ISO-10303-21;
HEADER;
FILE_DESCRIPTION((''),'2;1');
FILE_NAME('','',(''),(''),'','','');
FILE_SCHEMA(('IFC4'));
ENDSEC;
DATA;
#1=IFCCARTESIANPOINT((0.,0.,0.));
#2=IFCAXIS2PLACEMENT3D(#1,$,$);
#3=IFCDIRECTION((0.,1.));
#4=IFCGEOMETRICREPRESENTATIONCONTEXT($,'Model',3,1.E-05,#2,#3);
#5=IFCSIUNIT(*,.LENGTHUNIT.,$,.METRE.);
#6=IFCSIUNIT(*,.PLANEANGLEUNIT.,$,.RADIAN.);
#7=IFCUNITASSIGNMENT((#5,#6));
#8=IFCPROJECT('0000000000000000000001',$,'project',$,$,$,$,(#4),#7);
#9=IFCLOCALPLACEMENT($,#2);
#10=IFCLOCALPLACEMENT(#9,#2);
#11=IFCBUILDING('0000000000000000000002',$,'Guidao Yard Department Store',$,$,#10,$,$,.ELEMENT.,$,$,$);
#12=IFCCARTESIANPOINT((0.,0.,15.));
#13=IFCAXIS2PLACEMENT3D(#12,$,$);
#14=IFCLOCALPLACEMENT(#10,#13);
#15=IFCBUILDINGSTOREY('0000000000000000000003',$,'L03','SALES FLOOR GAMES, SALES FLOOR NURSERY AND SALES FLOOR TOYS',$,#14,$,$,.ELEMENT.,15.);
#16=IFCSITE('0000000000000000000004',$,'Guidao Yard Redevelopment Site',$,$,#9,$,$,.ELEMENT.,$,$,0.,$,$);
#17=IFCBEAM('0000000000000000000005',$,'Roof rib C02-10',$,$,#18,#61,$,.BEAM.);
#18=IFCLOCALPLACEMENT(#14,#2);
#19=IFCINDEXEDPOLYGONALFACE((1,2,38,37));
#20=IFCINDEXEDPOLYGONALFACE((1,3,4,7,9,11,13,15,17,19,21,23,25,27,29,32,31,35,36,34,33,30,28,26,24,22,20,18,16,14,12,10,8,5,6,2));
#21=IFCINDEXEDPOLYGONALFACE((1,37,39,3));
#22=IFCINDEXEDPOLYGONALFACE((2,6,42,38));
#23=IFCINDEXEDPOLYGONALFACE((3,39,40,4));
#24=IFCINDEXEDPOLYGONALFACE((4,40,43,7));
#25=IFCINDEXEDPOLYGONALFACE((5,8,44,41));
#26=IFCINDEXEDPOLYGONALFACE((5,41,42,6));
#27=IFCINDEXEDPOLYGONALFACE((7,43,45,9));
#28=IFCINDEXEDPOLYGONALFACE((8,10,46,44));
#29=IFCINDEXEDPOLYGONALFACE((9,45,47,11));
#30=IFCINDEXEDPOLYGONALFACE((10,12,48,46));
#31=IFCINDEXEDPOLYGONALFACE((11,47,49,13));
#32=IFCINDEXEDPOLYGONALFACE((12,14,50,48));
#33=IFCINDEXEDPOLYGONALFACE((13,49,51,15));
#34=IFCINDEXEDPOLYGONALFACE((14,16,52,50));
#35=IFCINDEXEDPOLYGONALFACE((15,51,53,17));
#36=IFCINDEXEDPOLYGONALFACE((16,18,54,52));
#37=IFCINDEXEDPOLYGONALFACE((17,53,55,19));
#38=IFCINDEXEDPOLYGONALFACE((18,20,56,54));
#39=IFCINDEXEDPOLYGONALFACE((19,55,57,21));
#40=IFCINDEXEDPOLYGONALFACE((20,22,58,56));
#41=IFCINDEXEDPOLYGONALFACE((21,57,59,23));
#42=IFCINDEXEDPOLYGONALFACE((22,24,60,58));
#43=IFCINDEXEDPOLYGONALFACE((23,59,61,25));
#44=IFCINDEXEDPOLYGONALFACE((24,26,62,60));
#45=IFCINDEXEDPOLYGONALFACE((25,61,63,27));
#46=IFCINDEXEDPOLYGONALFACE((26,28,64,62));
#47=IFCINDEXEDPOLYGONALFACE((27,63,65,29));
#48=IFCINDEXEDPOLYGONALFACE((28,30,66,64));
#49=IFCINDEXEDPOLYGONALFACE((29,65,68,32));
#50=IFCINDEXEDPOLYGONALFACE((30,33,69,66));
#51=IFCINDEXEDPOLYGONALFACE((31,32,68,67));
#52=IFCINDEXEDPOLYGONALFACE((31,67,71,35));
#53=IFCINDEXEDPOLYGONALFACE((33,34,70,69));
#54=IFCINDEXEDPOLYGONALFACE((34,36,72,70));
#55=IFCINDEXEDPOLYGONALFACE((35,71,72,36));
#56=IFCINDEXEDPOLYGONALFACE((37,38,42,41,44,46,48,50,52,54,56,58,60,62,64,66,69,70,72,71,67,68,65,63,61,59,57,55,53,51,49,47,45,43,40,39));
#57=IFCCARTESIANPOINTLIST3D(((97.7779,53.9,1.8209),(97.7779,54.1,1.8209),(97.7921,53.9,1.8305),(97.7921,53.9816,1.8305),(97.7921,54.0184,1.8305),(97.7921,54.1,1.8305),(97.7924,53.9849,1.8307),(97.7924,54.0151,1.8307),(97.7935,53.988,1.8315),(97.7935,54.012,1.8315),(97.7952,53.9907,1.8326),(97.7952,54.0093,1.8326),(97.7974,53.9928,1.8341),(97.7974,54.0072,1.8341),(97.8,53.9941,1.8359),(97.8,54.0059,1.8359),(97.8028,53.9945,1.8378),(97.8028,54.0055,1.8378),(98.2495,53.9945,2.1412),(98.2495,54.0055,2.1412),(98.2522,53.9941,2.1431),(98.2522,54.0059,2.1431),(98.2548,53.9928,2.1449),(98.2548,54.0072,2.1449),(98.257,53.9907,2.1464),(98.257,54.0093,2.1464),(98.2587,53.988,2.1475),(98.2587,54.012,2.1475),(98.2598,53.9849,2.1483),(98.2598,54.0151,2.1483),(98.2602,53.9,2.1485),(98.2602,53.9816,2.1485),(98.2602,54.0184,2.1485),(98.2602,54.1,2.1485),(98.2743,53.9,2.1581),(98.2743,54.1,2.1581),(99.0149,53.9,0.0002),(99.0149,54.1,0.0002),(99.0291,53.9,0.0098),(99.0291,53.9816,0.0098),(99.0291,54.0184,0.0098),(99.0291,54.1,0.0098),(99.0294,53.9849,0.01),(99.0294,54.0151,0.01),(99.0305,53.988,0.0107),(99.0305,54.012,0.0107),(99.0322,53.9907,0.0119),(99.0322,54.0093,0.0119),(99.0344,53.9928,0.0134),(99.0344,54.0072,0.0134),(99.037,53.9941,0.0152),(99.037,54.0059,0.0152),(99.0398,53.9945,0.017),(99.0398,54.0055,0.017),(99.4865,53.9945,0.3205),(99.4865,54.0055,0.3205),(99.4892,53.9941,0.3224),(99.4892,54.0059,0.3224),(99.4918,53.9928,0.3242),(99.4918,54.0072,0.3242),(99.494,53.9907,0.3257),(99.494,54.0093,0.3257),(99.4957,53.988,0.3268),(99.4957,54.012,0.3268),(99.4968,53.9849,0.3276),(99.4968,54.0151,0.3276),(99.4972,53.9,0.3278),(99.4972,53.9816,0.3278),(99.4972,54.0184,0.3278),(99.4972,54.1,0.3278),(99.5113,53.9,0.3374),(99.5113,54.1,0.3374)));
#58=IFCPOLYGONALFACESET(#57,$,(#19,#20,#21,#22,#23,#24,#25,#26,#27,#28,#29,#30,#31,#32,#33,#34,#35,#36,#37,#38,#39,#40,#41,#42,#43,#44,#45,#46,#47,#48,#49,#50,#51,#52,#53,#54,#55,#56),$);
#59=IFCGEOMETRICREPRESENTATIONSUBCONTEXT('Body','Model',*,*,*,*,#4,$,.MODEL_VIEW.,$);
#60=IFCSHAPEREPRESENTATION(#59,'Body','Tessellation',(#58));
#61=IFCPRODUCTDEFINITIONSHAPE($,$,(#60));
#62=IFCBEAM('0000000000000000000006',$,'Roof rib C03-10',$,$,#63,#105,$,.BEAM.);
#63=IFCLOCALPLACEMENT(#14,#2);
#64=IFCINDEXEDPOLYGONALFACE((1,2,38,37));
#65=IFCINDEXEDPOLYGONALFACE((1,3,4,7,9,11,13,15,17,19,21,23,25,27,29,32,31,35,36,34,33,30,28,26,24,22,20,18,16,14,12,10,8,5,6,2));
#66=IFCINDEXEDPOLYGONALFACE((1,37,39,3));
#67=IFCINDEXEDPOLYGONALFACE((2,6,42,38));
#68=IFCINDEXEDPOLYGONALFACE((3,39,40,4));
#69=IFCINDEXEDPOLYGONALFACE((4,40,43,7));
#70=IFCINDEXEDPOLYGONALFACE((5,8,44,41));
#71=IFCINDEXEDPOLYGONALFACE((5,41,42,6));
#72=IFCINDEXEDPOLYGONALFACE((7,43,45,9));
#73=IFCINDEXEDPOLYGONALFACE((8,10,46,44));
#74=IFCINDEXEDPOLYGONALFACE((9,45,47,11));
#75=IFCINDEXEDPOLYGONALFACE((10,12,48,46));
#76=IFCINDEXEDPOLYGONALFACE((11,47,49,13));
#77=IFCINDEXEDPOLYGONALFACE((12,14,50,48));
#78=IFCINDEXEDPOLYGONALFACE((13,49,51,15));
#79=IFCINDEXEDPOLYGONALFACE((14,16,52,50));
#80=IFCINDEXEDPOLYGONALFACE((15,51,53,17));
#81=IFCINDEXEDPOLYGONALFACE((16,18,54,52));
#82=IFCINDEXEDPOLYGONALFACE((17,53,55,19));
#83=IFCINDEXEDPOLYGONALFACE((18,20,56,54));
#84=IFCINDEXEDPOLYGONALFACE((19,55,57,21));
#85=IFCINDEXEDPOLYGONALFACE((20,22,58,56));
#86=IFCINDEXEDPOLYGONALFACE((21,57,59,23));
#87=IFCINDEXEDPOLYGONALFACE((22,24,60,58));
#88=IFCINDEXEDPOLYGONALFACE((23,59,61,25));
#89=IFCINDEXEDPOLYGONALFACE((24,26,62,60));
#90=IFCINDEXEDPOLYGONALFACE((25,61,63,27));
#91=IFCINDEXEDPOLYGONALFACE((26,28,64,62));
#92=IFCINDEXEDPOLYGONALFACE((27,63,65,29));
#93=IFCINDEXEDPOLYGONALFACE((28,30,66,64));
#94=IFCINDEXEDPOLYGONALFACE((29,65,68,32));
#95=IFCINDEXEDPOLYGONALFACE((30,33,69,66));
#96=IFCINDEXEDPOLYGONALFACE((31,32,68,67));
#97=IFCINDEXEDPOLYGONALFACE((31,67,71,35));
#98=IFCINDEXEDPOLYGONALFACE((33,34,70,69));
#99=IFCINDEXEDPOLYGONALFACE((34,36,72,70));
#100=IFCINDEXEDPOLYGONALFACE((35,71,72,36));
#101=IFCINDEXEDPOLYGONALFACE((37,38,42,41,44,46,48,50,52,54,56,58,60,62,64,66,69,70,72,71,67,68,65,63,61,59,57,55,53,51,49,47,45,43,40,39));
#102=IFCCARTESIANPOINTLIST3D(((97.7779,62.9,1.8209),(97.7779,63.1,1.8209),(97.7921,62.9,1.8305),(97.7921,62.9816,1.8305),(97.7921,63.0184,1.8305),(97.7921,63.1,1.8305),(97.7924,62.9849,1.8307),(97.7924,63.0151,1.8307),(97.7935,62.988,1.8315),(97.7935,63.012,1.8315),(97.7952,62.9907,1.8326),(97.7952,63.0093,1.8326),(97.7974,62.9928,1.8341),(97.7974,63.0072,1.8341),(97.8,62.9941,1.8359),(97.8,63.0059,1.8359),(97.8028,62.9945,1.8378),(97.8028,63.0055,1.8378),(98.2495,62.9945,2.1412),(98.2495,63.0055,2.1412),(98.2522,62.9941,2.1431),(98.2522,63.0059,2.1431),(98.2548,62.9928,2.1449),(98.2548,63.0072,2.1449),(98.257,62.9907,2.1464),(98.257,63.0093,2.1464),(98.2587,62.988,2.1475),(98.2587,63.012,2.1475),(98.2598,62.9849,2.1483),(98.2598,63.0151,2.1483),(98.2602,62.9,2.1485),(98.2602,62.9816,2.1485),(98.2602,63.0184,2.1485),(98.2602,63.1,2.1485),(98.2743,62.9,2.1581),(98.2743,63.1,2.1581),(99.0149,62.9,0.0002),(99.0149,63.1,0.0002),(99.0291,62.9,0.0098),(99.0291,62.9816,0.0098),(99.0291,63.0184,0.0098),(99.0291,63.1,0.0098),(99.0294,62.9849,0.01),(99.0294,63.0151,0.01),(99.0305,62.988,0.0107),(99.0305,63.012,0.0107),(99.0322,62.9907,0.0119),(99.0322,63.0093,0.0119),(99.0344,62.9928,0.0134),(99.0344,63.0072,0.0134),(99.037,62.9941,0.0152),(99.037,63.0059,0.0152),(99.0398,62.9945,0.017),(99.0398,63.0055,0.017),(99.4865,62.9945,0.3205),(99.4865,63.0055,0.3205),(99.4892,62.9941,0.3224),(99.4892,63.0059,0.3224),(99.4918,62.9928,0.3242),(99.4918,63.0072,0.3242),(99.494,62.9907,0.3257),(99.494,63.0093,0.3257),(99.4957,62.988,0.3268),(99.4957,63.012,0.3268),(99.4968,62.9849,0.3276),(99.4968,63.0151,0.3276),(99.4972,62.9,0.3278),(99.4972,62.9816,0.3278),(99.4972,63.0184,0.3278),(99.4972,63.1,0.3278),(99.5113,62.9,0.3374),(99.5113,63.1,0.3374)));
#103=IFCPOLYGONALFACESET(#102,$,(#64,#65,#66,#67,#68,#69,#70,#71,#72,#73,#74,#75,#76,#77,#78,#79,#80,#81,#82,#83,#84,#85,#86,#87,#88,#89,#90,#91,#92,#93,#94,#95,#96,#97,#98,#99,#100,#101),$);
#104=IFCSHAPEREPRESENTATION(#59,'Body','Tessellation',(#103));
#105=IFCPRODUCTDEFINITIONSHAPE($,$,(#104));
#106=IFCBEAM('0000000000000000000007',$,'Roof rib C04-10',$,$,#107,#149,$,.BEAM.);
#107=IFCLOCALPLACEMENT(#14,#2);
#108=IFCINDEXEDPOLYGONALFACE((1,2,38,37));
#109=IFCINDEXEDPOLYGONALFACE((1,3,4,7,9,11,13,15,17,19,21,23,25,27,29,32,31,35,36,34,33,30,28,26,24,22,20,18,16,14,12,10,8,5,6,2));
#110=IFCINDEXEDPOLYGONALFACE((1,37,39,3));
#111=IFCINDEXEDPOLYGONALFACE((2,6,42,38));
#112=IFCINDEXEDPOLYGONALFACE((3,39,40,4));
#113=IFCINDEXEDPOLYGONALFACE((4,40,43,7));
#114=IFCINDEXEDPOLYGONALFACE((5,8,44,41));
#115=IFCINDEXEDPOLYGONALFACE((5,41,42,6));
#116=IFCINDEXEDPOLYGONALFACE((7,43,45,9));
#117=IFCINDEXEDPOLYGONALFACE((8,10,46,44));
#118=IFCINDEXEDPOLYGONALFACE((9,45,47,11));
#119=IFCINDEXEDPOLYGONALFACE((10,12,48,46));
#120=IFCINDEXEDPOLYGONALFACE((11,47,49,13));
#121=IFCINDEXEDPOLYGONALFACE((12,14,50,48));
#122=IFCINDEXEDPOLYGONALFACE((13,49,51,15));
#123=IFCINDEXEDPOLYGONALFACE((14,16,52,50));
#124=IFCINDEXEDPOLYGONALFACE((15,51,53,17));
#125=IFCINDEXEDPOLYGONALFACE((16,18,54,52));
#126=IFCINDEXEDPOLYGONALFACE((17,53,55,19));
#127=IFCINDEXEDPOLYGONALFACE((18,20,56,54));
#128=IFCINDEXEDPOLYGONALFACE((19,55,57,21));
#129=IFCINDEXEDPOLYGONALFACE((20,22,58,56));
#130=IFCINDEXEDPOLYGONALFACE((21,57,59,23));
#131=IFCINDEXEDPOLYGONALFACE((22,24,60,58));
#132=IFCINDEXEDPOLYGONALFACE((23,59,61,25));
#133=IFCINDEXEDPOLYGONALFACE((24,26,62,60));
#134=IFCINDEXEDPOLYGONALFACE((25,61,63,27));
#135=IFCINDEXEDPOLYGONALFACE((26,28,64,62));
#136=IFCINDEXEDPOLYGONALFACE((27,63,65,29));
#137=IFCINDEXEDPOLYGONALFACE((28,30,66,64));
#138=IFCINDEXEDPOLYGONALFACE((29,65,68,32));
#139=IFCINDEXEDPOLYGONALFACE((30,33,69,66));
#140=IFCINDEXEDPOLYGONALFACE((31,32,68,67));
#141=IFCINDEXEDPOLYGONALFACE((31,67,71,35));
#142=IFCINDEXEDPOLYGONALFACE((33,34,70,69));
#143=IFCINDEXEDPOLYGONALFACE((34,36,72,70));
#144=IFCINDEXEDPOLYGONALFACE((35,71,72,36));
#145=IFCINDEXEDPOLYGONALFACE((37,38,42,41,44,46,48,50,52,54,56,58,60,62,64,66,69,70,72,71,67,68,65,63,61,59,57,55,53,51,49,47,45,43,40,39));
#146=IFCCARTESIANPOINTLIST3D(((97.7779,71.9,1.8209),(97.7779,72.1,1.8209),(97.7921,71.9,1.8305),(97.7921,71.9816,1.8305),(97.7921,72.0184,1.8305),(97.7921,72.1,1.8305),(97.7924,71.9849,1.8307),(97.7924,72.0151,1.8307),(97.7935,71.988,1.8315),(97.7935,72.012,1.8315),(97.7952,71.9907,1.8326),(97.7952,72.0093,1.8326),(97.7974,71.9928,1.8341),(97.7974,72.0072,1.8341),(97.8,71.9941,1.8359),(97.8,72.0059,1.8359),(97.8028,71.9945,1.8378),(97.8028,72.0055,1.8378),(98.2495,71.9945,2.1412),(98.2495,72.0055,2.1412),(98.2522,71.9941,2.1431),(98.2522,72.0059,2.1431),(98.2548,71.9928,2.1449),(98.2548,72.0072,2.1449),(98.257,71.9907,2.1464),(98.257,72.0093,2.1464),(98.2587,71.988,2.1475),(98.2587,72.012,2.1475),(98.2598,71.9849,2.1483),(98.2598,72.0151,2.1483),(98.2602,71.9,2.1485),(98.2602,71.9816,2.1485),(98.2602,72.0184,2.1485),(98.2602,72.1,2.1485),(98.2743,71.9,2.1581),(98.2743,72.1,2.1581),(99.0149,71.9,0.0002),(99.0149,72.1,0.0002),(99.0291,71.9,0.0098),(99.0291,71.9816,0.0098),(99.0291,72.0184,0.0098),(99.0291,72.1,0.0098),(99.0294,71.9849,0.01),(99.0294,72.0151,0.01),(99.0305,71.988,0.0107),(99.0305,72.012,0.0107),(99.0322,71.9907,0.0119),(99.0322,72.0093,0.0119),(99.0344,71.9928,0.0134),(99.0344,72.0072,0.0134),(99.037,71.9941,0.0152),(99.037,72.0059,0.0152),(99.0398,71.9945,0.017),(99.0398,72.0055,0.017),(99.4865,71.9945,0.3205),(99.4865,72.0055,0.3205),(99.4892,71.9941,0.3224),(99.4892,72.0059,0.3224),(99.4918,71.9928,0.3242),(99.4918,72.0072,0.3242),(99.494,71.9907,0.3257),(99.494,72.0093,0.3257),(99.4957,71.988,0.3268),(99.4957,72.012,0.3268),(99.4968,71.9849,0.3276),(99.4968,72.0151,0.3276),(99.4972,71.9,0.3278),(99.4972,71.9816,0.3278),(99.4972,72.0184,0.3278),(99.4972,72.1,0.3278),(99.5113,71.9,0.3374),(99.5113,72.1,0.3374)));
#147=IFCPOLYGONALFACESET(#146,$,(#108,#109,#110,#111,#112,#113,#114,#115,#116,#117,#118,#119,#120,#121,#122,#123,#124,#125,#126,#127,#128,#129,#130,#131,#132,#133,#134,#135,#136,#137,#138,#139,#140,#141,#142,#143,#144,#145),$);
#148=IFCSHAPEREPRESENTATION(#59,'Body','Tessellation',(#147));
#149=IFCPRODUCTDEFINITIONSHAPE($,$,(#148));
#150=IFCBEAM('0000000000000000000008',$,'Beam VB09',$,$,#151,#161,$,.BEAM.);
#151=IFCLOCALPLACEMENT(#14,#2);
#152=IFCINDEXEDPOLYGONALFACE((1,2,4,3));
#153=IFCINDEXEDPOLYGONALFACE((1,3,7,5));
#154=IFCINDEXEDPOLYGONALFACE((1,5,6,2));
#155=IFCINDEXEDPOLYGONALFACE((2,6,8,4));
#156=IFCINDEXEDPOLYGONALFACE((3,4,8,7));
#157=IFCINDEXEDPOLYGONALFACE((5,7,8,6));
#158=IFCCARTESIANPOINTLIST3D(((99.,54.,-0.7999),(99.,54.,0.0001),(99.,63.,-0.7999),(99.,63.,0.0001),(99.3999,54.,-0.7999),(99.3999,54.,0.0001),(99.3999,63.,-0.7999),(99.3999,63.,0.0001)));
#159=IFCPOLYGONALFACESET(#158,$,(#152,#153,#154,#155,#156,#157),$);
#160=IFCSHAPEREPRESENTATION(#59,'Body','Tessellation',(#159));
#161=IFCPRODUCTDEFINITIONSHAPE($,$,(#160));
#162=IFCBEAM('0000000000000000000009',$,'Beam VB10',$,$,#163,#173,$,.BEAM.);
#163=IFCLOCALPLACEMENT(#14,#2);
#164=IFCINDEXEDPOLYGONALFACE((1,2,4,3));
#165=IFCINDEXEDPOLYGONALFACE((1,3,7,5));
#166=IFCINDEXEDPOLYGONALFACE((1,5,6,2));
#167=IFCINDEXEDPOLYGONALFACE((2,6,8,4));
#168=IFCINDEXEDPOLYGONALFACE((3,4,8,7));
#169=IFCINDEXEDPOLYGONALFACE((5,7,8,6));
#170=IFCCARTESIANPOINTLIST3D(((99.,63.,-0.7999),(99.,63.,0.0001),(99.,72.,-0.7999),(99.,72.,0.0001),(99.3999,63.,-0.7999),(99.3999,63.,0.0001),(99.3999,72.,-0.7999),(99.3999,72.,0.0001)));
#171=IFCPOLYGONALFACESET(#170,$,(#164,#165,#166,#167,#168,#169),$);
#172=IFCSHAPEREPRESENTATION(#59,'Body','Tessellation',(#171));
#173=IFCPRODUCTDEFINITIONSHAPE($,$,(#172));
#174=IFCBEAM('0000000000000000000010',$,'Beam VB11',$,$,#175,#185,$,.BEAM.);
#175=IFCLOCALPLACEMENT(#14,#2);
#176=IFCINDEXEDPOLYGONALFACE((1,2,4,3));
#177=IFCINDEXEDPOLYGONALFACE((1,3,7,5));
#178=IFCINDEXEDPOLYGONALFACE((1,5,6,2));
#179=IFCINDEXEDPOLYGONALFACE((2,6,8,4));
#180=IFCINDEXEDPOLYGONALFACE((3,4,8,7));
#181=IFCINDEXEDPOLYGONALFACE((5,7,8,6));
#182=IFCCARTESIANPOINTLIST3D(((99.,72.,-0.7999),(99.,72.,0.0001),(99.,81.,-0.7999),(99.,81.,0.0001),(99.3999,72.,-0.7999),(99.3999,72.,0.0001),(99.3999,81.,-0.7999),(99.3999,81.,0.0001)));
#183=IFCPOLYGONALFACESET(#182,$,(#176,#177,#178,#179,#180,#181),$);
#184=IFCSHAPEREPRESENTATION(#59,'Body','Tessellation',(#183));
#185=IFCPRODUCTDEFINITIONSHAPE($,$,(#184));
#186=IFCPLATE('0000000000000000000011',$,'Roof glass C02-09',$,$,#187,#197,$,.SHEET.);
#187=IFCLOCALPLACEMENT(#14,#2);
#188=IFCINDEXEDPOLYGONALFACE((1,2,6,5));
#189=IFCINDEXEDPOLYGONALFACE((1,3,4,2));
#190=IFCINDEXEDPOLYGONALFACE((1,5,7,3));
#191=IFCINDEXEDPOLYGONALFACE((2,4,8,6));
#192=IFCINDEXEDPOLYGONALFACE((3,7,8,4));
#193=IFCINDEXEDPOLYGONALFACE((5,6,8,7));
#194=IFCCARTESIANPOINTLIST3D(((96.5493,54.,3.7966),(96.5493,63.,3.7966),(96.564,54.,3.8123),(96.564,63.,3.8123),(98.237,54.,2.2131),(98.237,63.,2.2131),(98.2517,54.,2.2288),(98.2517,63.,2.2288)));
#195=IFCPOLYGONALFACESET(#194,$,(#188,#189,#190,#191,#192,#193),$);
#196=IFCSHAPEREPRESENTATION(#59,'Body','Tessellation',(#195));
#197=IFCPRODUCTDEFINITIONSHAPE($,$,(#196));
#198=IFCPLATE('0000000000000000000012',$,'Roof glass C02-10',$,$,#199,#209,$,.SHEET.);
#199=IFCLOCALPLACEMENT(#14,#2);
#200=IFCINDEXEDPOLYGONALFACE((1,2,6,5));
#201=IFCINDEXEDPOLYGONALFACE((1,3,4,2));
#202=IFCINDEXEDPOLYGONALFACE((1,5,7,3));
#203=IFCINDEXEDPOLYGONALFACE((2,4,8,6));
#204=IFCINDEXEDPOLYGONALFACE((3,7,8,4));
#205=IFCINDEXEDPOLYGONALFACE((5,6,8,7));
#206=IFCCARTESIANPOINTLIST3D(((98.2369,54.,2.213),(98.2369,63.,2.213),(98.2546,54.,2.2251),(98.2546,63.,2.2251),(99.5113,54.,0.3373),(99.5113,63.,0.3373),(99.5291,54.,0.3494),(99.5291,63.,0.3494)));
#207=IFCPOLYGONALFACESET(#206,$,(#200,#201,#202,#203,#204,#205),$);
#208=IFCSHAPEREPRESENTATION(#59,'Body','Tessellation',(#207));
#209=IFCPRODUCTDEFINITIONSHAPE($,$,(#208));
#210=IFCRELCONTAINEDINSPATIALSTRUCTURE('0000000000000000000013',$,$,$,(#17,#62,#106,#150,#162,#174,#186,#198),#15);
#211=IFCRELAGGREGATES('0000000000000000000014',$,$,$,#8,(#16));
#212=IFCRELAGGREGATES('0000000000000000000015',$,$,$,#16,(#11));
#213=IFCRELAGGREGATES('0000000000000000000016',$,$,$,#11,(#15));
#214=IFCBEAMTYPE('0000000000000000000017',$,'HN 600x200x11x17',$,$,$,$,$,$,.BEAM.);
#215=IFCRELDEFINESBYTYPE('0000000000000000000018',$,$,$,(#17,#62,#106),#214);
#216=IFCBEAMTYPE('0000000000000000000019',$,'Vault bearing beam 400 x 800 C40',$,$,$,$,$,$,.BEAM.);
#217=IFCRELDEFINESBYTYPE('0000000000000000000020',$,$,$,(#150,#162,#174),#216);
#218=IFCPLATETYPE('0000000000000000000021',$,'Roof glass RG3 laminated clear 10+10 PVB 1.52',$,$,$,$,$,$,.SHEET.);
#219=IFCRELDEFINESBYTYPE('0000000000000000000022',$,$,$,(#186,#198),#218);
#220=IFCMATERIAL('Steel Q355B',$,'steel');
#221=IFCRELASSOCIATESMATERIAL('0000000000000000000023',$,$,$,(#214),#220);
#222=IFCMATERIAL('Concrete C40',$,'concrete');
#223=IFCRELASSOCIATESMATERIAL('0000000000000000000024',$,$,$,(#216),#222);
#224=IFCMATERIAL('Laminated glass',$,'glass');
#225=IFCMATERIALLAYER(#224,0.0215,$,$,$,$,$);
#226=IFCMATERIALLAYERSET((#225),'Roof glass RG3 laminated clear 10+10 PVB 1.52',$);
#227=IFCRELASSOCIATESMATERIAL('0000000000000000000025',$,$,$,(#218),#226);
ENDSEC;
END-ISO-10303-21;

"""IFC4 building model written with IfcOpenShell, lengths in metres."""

from ifc_helpers import new_model, si_unit, direction, frame, origin, origin_2d, place, context, subcontext, project, spatial, polyline, rectangle, i_section, outline, extrude, material, layer, layer_set, material_profile, profile_set, type_object, element, save


model = new_model("IFC4")

# Units and contexts
model_context = context("Model", 3, precision=1e-05, world=origin(), true_north=direction((0.0, 1.0)))
body_context = subcontext(model_context, "Body", "Model", "MODEL_VIEW")
ifc_project = project(units=[si_unit("LENGTHUNIT", "METRE"), si_unit("PLANEANGLEUNIT", "RADIAN")], contexts=[model_context])

# Site, building, storey
site_placement = place(None, origin())
site = spatial("IfcSite", under=ifc_project, at=site_placement, Name="Guidao Yard Redevelopment Site", CompositionType="ELEMENT", RefElevation=0.0)
building_placement = place(site_placement, origin())
building = spatial("IfcBuilding", under=site, at=building_placement, Name="Guidao Yard Department Store", CompositionType="ELEMENT")
storey_placement = place(building_placement, frame((0.0, 0.0, 15.0)))
storey = spatial("IfcBuildingStorey", under=building, at=storey_placement, Name="L03", Description="SALES FLOOR GAMES, SALES FLOOR NURSERY AND SALES FLOOR TOYS", CompositionType="ELEMENT", Elevation=15.0)

# Beams
ifc_material_1 = material(Name="Steel Q355B", Category="steel")
ifc_material_profile_1 = material_profile(ifc_material_1, i_section(OverallWidth=0.2, OverallDepth=0.6001, WebThickness=0.011, FlangeThickness=0.0171, FilletRadius=0.0129, at=origin_2d()), Name="HN 600x200x11x17")
ifc_profile_set_1 = profile_set([ifc_material_profile_1], Name="Steel Q355B")
beam_type_1 = type_object("IfcBeamType", Name="HN 600x200x11x17", PredefinedType="BEAM", material=ifc_profile_set_1)
for number, where, z_axis, x_axis, name in (
    (1, (98.0261, 54.0, 1.9895), (0.561973, 0.0, -0.827155), (0.0, 1.0, 0.0), "Roof rib C02-10"),
    (2, (98.0261, 63.0, 1.9895), (0.561973, 0.0, -0.827155), (0.0, 1.0, 0.0), "Roof rib C03-10"),
    (3, (98.0261, 72.0, 1.9895), (0.561973, 0.0, -0.827155), (0.0, 1.0, 0.0), "Roof rib C04-10"),
):
    element("IfcBeam", number, at=place(storey_placement, frame(where, z_axis=z_axis, x_axis=x_axis)), inside=storey, type_object=beam_type_1, Name=name, PredefinedType="BEAM", context=body_context, shape_type="SweptSolid", body=[
        extrude(i_section(OverallWidth=0.2, OverallDepth=0.6001, WebThickness=0.011, FlangeThickness=0.0171, FilletRadius=0.0129, at=origin_2d()), origin(), (0.0, 0.0, 1.0), 2.2012),
    ])
ifc_material_2 = material(Name="Concrete C40", Category="concrete")
ifc_material_profile_2 = material_profile(ifc_material_2, rectangle(XDim=0.3999, YDim=0.8, at=origin_2d()), Name="Vault bearing beam 400 x 800 C40")
ifc_profile_set_2 = profile_set([ifc_material_profile_2], Name="Concrete C40")
beam_type_2 = type_object("IfcBeamType", Name="Vault bearing beam 400 x 800 C40", PredefinedType="BEAM", material=ifc_profile_set_2)
for number, where, z_axis, x_axis, name in (
    (4, (99.2, 54.0, -0.3999), (0.0, 1.0, 0.0), (-1.0, 0.0, 0.0), "Beam VB09"),
    (5, (99.2, 63.0, -0.3999), (0.0, 1.0, 0.0), (-1.0, 0.0, 0.0), "Beam VB10"),
    (6, (99.2, 72.0, -0.3999), (0.0, 1.0, 0.0), (-1.0, 0.0, 0.0), "Beam VB11"),
):
    element("IfcBeam", number, at=place(storey_placement, frame(where, z_axis=z_axis, x_axis=x_axis)), inside=storey, type_object=beam_type_2, Name=name, PredefinedType="BEAM", context=body_context, shape_type="SweptSolid", body=[
        extrude(rectangle(XDim=0.3999, YDim=0.8, at=origin_2d()), origin(), (0.0, 0.0, 1.0), 9.0),
    ])

# Plates
ifc_material_3 = material(Name="Laminated glass", Category="glass")
ifc_layer_1 = layer(ifc_material_3, 0.0215)
ifc_layer_set_1 = layer_set([ifc_layer_1], Name="Roof glass RG3 laminated clear 10+10 PVB 1.52")
plate_type = type_object("IfcPlateType", Name="Roof glass RG3 laminated clear 10+10 PVB 1.52", PredefinedType="SHEET", material=ifc_layer_set_1)
plate_1_placement = place(storey_placement, frame((96.564, 54.0, 3.8123), z_axis=(0.684225, 0.0, 0.729271), x_axis=(0.729271, 0.0, -0.684225)))
element("IfcPlate", 7, at=plate_1_placement, inside=storey, type_object=plate_type, Name="Roof glass C02-09", PredefinedType="SHEET", context=body_context, shape_type="SweptSolid", body=[
    extrude(outline(polyline([(0.0, 0.0), (2.3143, 0.0), (2.3143, 9.0), (0.0, 9.0), (0.0, 0.0)])), origin(), (0.0, 0.0, -1.0), 0.0215),
])
plate_2_placement = place(storey_placement, frame((98.2546, 54.0, 2.2251), z_axis=(0.827149, 0.0, 0.561983), x_axis=(0.561983, 0.0, -0.827149)))
element("IfcPlate", 8, at=plate_2_placement, inside=storey, type_object=plate_type, Name="Roof glass C02-10", PredefinedType="SHEET", context=body_context, shape_type="SweptSolid", body=[
    extrude(outline(polyline([(0.0, 0.0), (2.2677, 0.0), (2.2677, 9.0), (0.0, 9.0), (0.0, 0.0)])), origin(), (0.0, 0.0, -1.0), 0.0215),
])

save(model, "model.ifc")
